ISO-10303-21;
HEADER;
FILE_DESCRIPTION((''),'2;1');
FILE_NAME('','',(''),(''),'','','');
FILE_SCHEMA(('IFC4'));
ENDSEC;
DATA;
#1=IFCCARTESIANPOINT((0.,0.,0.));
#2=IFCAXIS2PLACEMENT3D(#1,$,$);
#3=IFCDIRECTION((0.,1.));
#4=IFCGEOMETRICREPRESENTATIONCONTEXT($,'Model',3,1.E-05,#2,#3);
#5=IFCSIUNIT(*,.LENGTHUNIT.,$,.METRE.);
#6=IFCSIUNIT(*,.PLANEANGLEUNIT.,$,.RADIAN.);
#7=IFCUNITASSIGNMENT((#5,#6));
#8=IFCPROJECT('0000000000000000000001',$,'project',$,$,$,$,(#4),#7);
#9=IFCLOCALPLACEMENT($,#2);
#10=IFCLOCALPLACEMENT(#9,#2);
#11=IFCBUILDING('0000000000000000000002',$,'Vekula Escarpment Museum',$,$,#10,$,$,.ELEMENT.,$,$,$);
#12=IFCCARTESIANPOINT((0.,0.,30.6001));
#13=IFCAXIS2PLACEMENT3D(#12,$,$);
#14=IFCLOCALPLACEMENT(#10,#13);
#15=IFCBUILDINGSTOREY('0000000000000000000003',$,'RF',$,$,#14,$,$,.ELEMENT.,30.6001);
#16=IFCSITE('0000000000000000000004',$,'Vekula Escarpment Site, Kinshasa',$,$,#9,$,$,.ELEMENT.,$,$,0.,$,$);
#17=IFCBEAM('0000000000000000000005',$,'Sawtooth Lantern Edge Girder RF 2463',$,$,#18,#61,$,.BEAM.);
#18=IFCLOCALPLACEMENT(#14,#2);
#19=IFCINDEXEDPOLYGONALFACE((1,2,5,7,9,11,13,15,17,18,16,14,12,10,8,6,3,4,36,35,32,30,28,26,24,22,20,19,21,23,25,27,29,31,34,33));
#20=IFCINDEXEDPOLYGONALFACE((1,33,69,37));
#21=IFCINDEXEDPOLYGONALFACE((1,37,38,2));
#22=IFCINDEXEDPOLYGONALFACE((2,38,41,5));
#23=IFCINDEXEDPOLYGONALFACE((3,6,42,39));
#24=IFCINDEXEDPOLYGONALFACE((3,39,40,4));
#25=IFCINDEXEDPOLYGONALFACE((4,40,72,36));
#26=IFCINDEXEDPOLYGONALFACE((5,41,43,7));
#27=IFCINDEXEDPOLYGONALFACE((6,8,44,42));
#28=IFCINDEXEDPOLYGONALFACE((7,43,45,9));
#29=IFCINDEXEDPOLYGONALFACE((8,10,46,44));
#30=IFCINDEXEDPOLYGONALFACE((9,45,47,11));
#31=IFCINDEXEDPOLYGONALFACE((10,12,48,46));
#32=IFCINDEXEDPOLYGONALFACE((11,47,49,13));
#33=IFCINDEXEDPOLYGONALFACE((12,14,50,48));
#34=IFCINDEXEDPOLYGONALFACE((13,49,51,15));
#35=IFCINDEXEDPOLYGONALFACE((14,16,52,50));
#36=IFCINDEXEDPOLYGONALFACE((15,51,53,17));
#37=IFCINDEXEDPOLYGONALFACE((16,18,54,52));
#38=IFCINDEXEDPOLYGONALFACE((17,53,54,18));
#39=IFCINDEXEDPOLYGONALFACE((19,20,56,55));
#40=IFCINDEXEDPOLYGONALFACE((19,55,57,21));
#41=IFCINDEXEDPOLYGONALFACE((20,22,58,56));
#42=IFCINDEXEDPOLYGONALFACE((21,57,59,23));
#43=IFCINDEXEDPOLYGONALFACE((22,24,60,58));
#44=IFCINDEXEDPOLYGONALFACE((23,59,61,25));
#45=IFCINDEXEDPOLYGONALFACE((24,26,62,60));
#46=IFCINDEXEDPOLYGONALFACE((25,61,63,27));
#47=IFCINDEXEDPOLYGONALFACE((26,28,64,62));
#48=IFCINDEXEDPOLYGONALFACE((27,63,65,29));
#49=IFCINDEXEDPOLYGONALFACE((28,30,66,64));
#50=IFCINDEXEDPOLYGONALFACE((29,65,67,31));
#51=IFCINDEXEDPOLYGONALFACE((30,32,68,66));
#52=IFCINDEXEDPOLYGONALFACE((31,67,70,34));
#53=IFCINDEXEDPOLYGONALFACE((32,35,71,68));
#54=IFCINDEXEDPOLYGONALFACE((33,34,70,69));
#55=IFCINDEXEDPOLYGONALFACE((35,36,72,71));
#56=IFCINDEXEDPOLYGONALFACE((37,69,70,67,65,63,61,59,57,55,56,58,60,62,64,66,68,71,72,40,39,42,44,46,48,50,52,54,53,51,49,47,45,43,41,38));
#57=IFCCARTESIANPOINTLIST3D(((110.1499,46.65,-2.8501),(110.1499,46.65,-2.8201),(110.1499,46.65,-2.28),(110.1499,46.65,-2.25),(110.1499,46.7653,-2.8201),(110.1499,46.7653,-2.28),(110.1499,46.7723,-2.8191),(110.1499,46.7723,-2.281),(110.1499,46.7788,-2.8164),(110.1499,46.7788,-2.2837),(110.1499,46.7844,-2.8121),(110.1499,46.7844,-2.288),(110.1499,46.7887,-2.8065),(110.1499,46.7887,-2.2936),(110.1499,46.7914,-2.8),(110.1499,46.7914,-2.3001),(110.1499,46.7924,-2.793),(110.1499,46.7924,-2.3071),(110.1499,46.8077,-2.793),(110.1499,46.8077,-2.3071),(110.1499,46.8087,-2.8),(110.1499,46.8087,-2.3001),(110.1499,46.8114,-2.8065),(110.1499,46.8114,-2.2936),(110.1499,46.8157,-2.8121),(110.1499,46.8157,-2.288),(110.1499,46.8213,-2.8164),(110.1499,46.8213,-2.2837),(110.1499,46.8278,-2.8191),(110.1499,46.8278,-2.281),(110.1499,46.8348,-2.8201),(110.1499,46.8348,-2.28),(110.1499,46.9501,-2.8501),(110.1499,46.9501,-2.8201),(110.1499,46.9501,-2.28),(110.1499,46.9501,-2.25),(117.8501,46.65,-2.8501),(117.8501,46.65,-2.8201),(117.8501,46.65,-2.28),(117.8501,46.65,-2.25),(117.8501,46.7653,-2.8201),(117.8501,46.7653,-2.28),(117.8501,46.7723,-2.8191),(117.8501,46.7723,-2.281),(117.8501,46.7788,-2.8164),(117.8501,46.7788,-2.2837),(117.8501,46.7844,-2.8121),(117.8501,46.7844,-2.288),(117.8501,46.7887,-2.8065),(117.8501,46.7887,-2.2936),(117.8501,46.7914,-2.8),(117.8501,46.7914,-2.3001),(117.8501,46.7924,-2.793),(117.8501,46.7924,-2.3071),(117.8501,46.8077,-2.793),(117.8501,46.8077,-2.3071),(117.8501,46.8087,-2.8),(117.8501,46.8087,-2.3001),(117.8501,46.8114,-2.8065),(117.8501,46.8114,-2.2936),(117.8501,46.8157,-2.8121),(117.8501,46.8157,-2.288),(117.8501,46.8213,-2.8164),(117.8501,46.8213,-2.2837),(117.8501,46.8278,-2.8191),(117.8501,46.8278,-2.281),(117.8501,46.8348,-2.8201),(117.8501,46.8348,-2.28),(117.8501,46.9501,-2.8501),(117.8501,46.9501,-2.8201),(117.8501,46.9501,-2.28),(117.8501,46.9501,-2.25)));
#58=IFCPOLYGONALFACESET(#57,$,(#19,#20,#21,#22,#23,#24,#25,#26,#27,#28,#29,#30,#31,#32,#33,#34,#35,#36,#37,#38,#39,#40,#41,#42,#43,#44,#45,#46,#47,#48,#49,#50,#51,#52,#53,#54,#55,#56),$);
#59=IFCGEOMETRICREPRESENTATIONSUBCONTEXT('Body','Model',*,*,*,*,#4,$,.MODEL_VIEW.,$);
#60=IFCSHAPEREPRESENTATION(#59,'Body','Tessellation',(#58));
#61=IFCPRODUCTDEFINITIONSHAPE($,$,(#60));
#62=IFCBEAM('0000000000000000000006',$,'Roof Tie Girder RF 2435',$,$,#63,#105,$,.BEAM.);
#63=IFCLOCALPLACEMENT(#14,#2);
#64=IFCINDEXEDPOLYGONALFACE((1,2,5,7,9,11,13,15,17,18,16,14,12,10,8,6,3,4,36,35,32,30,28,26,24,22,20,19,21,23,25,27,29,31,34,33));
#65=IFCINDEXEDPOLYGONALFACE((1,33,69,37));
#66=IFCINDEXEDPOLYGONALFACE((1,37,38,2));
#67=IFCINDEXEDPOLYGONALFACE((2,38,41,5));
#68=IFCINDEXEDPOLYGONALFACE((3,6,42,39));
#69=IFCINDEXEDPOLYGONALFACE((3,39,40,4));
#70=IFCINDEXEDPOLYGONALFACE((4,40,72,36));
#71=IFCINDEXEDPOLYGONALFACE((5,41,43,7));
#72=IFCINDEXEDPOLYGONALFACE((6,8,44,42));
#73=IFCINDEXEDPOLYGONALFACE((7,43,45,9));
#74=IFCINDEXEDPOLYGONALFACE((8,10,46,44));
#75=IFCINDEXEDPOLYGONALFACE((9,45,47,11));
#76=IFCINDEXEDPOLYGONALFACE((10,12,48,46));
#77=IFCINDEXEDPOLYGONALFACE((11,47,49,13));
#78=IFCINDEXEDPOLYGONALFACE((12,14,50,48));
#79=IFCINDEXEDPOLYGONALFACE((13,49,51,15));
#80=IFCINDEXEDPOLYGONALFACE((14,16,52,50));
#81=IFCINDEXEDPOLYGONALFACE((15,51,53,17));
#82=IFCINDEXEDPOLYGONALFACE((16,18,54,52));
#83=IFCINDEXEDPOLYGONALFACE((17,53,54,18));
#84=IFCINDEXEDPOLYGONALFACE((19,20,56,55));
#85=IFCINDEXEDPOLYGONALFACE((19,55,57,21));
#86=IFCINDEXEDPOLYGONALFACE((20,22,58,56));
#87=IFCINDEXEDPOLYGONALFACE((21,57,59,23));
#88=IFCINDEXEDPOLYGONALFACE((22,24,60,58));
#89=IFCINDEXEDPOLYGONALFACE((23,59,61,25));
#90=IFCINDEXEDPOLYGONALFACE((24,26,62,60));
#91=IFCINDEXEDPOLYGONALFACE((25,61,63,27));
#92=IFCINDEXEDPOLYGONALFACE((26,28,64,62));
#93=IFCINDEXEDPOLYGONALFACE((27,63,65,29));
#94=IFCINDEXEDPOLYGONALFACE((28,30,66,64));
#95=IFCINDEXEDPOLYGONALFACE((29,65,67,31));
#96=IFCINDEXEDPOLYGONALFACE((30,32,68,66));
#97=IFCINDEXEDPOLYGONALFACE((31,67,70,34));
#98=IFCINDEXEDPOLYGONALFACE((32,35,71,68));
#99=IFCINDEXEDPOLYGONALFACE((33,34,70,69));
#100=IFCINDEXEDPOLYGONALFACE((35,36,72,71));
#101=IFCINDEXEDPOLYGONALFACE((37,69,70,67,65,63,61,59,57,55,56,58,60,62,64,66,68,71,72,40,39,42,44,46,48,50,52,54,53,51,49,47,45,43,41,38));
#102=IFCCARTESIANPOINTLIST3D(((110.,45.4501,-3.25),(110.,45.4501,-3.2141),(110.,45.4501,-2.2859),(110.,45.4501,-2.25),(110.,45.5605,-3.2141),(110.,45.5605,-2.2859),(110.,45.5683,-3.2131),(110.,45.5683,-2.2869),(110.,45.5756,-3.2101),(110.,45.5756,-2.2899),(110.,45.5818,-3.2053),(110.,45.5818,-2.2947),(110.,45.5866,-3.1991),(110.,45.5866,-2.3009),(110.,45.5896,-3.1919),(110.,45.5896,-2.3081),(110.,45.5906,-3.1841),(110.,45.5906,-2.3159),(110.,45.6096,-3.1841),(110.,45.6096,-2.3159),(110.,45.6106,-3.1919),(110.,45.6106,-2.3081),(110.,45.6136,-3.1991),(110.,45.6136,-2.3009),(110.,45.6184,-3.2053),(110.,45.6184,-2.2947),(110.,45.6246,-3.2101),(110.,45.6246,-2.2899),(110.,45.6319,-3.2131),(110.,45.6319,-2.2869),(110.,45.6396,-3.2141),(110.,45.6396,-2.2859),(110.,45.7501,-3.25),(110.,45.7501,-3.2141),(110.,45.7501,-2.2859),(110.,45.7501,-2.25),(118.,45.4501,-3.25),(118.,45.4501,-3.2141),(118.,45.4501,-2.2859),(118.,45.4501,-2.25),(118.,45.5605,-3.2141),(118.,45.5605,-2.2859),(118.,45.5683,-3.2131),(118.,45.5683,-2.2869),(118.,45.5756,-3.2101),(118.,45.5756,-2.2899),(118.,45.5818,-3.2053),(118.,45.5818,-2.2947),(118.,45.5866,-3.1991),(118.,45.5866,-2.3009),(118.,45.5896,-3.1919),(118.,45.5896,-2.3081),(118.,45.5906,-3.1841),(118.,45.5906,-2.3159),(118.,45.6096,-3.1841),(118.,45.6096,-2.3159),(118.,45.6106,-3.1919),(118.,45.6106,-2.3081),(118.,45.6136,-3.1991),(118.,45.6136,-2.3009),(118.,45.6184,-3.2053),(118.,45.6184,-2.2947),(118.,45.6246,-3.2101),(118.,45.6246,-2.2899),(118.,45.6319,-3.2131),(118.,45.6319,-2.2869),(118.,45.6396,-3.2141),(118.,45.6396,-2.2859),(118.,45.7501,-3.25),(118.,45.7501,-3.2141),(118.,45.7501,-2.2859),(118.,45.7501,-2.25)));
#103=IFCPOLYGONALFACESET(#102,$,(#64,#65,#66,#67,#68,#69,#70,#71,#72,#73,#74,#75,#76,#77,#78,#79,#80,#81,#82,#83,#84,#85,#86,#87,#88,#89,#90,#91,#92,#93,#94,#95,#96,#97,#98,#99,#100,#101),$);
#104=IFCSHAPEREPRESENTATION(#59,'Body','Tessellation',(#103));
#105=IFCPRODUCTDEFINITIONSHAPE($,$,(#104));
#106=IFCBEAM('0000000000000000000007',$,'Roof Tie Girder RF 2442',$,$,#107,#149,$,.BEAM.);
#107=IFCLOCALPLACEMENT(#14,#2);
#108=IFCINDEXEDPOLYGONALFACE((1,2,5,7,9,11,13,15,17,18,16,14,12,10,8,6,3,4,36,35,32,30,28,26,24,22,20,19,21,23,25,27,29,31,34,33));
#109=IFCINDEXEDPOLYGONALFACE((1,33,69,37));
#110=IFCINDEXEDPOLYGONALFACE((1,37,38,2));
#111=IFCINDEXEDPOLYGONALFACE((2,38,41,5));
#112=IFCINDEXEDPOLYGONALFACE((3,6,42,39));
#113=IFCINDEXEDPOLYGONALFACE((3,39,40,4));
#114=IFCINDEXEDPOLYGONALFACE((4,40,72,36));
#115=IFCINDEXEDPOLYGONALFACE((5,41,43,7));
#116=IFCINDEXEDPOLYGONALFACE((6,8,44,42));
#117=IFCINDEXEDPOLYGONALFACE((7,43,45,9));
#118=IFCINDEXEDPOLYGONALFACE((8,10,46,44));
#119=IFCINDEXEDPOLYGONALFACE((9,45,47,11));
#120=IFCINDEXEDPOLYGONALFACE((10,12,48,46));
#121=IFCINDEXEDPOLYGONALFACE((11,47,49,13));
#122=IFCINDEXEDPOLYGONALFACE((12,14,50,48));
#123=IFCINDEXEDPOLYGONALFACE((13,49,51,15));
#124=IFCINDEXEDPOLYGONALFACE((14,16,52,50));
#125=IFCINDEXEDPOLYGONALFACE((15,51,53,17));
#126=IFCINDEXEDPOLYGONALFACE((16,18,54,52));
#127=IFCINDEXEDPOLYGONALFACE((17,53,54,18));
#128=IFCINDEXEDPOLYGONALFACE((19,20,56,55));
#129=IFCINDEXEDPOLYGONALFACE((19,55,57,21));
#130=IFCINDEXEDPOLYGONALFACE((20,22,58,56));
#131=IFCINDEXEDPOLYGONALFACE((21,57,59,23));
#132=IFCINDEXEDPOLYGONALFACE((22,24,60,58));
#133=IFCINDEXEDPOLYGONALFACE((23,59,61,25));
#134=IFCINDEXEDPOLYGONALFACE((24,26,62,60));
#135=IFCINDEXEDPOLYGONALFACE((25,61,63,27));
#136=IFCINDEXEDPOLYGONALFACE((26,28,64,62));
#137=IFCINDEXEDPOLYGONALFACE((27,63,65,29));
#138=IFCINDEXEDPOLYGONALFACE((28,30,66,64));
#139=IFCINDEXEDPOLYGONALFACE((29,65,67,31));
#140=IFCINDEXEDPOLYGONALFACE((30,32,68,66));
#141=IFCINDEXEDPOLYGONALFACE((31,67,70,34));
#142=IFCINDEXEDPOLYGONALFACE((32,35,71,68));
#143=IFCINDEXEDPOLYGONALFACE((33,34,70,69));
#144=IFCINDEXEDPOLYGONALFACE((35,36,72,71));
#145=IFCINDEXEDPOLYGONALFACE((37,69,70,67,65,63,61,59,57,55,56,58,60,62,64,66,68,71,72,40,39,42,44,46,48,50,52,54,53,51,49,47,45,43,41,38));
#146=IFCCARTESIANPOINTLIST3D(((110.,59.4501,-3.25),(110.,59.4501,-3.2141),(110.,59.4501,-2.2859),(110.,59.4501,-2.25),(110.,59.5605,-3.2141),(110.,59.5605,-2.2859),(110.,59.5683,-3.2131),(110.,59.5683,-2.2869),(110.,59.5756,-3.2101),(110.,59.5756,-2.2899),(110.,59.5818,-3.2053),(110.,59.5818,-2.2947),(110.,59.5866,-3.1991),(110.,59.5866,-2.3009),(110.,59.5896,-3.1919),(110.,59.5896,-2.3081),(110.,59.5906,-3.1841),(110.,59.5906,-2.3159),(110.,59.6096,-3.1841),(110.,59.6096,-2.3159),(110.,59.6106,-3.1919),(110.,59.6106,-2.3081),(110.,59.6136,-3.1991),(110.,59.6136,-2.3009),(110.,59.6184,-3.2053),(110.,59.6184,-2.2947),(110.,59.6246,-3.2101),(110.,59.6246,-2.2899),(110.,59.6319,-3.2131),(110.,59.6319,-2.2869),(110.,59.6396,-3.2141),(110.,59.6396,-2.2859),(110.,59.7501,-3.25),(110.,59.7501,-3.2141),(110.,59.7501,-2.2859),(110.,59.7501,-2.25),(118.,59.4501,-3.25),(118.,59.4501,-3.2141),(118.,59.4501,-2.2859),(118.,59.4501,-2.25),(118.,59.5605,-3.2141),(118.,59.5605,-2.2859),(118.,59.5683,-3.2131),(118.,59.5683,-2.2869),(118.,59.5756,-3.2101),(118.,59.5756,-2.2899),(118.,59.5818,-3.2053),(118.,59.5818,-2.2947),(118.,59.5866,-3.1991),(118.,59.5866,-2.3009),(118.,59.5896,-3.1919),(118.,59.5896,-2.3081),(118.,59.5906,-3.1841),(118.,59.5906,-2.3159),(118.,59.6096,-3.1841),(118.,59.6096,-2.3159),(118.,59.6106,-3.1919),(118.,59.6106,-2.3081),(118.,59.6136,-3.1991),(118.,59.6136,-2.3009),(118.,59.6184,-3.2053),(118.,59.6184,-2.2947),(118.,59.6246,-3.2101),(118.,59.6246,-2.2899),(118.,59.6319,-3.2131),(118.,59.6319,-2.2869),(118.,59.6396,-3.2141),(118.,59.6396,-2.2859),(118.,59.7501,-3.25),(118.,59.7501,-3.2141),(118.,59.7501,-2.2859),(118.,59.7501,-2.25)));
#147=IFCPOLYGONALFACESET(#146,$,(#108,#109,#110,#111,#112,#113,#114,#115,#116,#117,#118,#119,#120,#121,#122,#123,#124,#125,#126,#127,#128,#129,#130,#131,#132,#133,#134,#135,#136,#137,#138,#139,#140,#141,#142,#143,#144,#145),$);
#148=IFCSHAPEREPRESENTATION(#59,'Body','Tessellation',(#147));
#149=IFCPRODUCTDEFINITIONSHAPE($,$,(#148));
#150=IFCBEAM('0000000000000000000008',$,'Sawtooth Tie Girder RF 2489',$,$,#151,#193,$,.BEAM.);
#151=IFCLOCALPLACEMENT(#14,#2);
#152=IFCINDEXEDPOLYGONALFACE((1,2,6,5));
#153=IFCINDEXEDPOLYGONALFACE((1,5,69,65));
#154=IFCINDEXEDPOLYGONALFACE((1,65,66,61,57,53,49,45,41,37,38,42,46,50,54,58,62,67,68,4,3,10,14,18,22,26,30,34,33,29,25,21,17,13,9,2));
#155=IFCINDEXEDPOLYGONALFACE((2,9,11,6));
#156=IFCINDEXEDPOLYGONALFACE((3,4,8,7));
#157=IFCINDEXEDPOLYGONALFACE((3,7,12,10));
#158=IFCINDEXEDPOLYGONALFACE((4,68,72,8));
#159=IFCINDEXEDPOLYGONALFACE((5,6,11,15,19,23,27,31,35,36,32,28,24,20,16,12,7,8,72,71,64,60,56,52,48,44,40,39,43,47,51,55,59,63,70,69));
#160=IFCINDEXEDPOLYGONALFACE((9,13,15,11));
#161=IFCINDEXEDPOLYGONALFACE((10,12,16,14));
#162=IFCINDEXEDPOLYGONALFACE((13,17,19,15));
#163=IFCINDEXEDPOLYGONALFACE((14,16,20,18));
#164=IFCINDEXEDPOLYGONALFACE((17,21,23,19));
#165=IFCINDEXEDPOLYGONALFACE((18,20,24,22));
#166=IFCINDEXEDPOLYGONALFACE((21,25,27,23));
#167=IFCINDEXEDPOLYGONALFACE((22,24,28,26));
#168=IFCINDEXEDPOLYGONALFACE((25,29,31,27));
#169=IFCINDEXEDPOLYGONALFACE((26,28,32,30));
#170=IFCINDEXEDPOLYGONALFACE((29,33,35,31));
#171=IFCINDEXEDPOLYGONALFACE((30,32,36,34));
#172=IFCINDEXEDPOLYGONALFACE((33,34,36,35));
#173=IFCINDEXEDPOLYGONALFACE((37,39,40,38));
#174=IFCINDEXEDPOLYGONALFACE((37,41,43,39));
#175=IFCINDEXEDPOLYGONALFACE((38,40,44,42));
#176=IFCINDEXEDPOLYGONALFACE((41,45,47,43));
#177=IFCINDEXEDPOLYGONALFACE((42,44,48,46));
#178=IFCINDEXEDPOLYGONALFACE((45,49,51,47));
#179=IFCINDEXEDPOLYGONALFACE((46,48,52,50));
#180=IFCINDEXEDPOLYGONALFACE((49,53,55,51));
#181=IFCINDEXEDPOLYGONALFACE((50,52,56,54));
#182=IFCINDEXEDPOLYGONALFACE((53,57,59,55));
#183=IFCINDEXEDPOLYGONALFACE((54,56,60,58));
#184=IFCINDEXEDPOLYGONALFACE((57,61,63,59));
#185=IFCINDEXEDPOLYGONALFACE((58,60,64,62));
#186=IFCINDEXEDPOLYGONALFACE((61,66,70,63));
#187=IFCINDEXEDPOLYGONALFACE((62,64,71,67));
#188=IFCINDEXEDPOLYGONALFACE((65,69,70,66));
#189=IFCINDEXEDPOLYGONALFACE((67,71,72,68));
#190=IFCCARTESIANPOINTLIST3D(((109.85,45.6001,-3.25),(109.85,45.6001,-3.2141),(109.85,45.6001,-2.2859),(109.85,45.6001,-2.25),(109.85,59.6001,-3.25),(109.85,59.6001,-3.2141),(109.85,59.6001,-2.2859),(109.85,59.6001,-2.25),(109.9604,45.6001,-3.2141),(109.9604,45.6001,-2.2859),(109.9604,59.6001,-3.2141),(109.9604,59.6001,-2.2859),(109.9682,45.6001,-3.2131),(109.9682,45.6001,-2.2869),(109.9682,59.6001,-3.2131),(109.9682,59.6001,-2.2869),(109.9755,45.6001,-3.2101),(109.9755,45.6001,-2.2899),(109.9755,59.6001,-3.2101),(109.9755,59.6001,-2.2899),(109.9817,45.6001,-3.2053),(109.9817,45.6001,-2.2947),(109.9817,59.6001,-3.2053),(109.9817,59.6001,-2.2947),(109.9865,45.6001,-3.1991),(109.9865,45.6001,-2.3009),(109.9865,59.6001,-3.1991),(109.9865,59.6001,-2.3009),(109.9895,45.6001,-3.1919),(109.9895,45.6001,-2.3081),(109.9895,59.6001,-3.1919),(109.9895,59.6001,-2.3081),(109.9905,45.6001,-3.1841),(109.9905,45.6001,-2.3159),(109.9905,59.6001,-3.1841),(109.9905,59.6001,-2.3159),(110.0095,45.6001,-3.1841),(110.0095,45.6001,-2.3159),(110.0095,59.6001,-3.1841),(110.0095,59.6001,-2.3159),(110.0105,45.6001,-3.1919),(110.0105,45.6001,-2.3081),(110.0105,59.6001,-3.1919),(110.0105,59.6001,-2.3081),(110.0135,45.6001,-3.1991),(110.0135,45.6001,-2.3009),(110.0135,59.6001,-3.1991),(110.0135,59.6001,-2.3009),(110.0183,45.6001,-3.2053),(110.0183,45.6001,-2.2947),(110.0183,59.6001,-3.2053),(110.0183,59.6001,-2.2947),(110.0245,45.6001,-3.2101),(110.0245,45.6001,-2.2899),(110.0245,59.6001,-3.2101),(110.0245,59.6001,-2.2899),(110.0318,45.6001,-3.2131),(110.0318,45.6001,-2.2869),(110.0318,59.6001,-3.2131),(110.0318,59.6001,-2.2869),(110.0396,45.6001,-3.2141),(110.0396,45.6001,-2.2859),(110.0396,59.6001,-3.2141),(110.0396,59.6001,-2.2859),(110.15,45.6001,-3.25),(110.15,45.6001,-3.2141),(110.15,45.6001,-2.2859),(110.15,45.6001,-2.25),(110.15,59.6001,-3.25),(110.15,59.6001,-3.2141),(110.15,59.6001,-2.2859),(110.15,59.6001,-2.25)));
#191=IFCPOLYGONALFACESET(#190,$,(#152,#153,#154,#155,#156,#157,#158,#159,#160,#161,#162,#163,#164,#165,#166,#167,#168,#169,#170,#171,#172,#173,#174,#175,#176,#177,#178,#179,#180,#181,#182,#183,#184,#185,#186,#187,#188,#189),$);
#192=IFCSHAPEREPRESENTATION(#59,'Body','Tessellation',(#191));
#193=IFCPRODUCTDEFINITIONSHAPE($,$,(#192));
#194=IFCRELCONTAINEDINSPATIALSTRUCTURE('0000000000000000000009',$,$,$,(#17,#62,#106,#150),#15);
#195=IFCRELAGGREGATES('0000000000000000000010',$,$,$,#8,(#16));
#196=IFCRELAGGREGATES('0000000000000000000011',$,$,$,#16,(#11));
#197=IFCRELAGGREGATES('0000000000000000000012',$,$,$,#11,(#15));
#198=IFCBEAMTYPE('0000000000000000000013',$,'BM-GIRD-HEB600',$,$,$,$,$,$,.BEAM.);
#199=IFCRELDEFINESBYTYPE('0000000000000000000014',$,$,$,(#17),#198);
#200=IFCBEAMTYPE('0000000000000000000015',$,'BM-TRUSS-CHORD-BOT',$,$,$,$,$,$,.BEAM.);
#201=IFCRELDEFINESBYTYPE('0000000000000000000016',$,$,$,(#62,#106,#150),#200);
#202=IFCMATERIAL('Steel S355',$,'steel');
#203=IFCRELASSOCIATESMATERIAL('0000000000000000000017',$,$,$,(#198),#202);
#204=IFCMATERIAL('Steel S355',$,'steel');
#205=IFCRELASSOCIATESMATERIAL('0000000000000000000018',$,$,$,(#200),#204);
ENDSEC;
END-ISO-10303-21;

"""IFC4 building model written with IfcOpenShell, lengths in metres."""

from ifc_helpers import new_model, si_unit, direction, frame, origin, origin_2d, place, context, subcontext, project, spatial, i_section, extrude, material, material_profile, profile_set, type_object, element, save


model = new_model("IFC4")

# Units and contexts
model_context = context("Model", 3, precision=1e-05, world=origin(), true_north=direction((0.0, 1.0)))
body_context = subcontext(model_context, "Body", "Model", "MODEL_VIEW")
ifc_project = project(units=[si_unit("LENGTHUNIT", "METRE"), si_unit("PLANEANGLEUNIT", "RADIAN")], contexts=[model_context])

# Site, building, storey
site_placement = place(None, origin())
site = spatial("IfcSite", under=ifc_project, at=site_placement, Name="Vekula Escarpment Site, Kinshasa", CompositionType="ELEMENT", RefElevation=0.0)
building_placement = place(site_placement, origin())
building = spatial("IfcBuilding", under=site, at=building_placement, Name="Vekula Escarpment Museum", CompositionType="ELEMENT")
storey_placement = place(building_placement, frame((0.0, 0.0, 30.6001)))
storey = spatial("IfcBuildingStorey", under=building, at=storey_placement, Name="RF", CompositionType="ELEMENT", Elevation=30.6001)

# Beams
ifc_material_1 = material(Name="Steel S355", Category="steel")
ifc_material_profile_1 = material_profile(ifc_material_1, i_section(OverallWidth=0.3, OverallDepth=0.6001, WebThickness=0.0154, FlangeThickness=0.03, FilletRadius=0.0271, at=origin_2d()), Name="HEB 600")
ifc_profile_set_1 = profile_set([ifc_material_profile_1], Name="Steel S355")
beam_type_1 = type_object("IfcBeamType", Name="BM-GIRD-HEB600", PredefinedType="BEAM", material=ifc_profile_set_1)
beam_1_placement = place(storey_placement, frame((110.1499, 46.8, -2.55), z_axis=(1.0, 0.0, 0.0), x_axis=(0.0, 1.0, 0.0)))
element("IfcBeam", 1, at=beam_1_placement, inside=storey, type_object=beam_type_1, Name="Sawtooth Lantern Edge Girder RF 2463", PredefinedType="BEAM", context=body_context, shape_type="SweptSolid", body=[
    extrude(i_section(OverallWidth=0.3, OverallDepth=0.6001, WebThickness=0.0154, FlangeThickness=0.03, FilletRadius=0.0271, at=origin_2d()), origin(), (0.0, 0.0, 1.0), 7.7002),
])
ifc_material_2 = material(Name="Steel S355", Category="steel")
ifc_material_profile_2 = material_profile(ifc_material_2, i_section(OverallWidth=0.3, OverallDepth=1.0, WebThickness=0.019, FlangeThickness=0.0359, FilletRadius=0.03, at=origin_2d()), Name="HEB 1000")
ifc_profile_set_2 = profile_set([ifc_material_profile_2], Name="Steel S355")
beam_type_2 = type_object("IfcBeamType", Name="BM-TRUSS-CHORD-BOT", PredefinedType="BEAM", material=ifc_profile_set_2)
for number, where, z_axis, x_axis, name in (
    (2, (110.0, 45.6001, -2.75), (1.0, 0.0, 0.0), (0.0, 1.0, 0.0), "Roof Tie Girder RF 2435"),
    (3, (110.0, 59.6001, -2.75), (1.0, 0.0, 0.0), (0.0, 1.0, 0.0), "Roof Tie Girder RF 2442"),
):
    element("IfcBeam", number, at=place(storey_placement, frame(where, z_axis=z_axis, x_axis=x_axis)), inside=storey, type_object=beam_type_2, Name=name, PredefinedType="BEAM", context=body_context, shape_type="SweptSolid", body=[
        extrude(i_section(OverallWidth=0.3, OverallDepth=1.0, WebThickness=0.019, FlangeThickness=0.0359, FilletRadius=0.03, at=origin_2d()), origin(), (0.0, 0.0, 1.0), 8.0),
    ])
beam_2_placement = place(storey_placement, frame((110.0, 45.6001, -2.75), z_axis=(0.0, 1.0, 0.0), x_axis=(-1.0, 0.0, 0.0)))
element("IfcBeam", 4, at=beam_2_placement, inside=storey, type_object=beam_type_2, Name="Sawtooth Tie Girder RF 2489", PredefinedType="BEAM", context=body_context, shape_type="SweptSolid", body=[
    extrude(i_section(OverallWidth=0.3, OverallDepth=1.0, WebThickness=0.019, FlangeThickness=0.0359, FilletRadius=0.03, at=origin_2d()), origin(), (0.0, 0.0, 1.0), 14.0),
])

save(model, "model.ifc")
